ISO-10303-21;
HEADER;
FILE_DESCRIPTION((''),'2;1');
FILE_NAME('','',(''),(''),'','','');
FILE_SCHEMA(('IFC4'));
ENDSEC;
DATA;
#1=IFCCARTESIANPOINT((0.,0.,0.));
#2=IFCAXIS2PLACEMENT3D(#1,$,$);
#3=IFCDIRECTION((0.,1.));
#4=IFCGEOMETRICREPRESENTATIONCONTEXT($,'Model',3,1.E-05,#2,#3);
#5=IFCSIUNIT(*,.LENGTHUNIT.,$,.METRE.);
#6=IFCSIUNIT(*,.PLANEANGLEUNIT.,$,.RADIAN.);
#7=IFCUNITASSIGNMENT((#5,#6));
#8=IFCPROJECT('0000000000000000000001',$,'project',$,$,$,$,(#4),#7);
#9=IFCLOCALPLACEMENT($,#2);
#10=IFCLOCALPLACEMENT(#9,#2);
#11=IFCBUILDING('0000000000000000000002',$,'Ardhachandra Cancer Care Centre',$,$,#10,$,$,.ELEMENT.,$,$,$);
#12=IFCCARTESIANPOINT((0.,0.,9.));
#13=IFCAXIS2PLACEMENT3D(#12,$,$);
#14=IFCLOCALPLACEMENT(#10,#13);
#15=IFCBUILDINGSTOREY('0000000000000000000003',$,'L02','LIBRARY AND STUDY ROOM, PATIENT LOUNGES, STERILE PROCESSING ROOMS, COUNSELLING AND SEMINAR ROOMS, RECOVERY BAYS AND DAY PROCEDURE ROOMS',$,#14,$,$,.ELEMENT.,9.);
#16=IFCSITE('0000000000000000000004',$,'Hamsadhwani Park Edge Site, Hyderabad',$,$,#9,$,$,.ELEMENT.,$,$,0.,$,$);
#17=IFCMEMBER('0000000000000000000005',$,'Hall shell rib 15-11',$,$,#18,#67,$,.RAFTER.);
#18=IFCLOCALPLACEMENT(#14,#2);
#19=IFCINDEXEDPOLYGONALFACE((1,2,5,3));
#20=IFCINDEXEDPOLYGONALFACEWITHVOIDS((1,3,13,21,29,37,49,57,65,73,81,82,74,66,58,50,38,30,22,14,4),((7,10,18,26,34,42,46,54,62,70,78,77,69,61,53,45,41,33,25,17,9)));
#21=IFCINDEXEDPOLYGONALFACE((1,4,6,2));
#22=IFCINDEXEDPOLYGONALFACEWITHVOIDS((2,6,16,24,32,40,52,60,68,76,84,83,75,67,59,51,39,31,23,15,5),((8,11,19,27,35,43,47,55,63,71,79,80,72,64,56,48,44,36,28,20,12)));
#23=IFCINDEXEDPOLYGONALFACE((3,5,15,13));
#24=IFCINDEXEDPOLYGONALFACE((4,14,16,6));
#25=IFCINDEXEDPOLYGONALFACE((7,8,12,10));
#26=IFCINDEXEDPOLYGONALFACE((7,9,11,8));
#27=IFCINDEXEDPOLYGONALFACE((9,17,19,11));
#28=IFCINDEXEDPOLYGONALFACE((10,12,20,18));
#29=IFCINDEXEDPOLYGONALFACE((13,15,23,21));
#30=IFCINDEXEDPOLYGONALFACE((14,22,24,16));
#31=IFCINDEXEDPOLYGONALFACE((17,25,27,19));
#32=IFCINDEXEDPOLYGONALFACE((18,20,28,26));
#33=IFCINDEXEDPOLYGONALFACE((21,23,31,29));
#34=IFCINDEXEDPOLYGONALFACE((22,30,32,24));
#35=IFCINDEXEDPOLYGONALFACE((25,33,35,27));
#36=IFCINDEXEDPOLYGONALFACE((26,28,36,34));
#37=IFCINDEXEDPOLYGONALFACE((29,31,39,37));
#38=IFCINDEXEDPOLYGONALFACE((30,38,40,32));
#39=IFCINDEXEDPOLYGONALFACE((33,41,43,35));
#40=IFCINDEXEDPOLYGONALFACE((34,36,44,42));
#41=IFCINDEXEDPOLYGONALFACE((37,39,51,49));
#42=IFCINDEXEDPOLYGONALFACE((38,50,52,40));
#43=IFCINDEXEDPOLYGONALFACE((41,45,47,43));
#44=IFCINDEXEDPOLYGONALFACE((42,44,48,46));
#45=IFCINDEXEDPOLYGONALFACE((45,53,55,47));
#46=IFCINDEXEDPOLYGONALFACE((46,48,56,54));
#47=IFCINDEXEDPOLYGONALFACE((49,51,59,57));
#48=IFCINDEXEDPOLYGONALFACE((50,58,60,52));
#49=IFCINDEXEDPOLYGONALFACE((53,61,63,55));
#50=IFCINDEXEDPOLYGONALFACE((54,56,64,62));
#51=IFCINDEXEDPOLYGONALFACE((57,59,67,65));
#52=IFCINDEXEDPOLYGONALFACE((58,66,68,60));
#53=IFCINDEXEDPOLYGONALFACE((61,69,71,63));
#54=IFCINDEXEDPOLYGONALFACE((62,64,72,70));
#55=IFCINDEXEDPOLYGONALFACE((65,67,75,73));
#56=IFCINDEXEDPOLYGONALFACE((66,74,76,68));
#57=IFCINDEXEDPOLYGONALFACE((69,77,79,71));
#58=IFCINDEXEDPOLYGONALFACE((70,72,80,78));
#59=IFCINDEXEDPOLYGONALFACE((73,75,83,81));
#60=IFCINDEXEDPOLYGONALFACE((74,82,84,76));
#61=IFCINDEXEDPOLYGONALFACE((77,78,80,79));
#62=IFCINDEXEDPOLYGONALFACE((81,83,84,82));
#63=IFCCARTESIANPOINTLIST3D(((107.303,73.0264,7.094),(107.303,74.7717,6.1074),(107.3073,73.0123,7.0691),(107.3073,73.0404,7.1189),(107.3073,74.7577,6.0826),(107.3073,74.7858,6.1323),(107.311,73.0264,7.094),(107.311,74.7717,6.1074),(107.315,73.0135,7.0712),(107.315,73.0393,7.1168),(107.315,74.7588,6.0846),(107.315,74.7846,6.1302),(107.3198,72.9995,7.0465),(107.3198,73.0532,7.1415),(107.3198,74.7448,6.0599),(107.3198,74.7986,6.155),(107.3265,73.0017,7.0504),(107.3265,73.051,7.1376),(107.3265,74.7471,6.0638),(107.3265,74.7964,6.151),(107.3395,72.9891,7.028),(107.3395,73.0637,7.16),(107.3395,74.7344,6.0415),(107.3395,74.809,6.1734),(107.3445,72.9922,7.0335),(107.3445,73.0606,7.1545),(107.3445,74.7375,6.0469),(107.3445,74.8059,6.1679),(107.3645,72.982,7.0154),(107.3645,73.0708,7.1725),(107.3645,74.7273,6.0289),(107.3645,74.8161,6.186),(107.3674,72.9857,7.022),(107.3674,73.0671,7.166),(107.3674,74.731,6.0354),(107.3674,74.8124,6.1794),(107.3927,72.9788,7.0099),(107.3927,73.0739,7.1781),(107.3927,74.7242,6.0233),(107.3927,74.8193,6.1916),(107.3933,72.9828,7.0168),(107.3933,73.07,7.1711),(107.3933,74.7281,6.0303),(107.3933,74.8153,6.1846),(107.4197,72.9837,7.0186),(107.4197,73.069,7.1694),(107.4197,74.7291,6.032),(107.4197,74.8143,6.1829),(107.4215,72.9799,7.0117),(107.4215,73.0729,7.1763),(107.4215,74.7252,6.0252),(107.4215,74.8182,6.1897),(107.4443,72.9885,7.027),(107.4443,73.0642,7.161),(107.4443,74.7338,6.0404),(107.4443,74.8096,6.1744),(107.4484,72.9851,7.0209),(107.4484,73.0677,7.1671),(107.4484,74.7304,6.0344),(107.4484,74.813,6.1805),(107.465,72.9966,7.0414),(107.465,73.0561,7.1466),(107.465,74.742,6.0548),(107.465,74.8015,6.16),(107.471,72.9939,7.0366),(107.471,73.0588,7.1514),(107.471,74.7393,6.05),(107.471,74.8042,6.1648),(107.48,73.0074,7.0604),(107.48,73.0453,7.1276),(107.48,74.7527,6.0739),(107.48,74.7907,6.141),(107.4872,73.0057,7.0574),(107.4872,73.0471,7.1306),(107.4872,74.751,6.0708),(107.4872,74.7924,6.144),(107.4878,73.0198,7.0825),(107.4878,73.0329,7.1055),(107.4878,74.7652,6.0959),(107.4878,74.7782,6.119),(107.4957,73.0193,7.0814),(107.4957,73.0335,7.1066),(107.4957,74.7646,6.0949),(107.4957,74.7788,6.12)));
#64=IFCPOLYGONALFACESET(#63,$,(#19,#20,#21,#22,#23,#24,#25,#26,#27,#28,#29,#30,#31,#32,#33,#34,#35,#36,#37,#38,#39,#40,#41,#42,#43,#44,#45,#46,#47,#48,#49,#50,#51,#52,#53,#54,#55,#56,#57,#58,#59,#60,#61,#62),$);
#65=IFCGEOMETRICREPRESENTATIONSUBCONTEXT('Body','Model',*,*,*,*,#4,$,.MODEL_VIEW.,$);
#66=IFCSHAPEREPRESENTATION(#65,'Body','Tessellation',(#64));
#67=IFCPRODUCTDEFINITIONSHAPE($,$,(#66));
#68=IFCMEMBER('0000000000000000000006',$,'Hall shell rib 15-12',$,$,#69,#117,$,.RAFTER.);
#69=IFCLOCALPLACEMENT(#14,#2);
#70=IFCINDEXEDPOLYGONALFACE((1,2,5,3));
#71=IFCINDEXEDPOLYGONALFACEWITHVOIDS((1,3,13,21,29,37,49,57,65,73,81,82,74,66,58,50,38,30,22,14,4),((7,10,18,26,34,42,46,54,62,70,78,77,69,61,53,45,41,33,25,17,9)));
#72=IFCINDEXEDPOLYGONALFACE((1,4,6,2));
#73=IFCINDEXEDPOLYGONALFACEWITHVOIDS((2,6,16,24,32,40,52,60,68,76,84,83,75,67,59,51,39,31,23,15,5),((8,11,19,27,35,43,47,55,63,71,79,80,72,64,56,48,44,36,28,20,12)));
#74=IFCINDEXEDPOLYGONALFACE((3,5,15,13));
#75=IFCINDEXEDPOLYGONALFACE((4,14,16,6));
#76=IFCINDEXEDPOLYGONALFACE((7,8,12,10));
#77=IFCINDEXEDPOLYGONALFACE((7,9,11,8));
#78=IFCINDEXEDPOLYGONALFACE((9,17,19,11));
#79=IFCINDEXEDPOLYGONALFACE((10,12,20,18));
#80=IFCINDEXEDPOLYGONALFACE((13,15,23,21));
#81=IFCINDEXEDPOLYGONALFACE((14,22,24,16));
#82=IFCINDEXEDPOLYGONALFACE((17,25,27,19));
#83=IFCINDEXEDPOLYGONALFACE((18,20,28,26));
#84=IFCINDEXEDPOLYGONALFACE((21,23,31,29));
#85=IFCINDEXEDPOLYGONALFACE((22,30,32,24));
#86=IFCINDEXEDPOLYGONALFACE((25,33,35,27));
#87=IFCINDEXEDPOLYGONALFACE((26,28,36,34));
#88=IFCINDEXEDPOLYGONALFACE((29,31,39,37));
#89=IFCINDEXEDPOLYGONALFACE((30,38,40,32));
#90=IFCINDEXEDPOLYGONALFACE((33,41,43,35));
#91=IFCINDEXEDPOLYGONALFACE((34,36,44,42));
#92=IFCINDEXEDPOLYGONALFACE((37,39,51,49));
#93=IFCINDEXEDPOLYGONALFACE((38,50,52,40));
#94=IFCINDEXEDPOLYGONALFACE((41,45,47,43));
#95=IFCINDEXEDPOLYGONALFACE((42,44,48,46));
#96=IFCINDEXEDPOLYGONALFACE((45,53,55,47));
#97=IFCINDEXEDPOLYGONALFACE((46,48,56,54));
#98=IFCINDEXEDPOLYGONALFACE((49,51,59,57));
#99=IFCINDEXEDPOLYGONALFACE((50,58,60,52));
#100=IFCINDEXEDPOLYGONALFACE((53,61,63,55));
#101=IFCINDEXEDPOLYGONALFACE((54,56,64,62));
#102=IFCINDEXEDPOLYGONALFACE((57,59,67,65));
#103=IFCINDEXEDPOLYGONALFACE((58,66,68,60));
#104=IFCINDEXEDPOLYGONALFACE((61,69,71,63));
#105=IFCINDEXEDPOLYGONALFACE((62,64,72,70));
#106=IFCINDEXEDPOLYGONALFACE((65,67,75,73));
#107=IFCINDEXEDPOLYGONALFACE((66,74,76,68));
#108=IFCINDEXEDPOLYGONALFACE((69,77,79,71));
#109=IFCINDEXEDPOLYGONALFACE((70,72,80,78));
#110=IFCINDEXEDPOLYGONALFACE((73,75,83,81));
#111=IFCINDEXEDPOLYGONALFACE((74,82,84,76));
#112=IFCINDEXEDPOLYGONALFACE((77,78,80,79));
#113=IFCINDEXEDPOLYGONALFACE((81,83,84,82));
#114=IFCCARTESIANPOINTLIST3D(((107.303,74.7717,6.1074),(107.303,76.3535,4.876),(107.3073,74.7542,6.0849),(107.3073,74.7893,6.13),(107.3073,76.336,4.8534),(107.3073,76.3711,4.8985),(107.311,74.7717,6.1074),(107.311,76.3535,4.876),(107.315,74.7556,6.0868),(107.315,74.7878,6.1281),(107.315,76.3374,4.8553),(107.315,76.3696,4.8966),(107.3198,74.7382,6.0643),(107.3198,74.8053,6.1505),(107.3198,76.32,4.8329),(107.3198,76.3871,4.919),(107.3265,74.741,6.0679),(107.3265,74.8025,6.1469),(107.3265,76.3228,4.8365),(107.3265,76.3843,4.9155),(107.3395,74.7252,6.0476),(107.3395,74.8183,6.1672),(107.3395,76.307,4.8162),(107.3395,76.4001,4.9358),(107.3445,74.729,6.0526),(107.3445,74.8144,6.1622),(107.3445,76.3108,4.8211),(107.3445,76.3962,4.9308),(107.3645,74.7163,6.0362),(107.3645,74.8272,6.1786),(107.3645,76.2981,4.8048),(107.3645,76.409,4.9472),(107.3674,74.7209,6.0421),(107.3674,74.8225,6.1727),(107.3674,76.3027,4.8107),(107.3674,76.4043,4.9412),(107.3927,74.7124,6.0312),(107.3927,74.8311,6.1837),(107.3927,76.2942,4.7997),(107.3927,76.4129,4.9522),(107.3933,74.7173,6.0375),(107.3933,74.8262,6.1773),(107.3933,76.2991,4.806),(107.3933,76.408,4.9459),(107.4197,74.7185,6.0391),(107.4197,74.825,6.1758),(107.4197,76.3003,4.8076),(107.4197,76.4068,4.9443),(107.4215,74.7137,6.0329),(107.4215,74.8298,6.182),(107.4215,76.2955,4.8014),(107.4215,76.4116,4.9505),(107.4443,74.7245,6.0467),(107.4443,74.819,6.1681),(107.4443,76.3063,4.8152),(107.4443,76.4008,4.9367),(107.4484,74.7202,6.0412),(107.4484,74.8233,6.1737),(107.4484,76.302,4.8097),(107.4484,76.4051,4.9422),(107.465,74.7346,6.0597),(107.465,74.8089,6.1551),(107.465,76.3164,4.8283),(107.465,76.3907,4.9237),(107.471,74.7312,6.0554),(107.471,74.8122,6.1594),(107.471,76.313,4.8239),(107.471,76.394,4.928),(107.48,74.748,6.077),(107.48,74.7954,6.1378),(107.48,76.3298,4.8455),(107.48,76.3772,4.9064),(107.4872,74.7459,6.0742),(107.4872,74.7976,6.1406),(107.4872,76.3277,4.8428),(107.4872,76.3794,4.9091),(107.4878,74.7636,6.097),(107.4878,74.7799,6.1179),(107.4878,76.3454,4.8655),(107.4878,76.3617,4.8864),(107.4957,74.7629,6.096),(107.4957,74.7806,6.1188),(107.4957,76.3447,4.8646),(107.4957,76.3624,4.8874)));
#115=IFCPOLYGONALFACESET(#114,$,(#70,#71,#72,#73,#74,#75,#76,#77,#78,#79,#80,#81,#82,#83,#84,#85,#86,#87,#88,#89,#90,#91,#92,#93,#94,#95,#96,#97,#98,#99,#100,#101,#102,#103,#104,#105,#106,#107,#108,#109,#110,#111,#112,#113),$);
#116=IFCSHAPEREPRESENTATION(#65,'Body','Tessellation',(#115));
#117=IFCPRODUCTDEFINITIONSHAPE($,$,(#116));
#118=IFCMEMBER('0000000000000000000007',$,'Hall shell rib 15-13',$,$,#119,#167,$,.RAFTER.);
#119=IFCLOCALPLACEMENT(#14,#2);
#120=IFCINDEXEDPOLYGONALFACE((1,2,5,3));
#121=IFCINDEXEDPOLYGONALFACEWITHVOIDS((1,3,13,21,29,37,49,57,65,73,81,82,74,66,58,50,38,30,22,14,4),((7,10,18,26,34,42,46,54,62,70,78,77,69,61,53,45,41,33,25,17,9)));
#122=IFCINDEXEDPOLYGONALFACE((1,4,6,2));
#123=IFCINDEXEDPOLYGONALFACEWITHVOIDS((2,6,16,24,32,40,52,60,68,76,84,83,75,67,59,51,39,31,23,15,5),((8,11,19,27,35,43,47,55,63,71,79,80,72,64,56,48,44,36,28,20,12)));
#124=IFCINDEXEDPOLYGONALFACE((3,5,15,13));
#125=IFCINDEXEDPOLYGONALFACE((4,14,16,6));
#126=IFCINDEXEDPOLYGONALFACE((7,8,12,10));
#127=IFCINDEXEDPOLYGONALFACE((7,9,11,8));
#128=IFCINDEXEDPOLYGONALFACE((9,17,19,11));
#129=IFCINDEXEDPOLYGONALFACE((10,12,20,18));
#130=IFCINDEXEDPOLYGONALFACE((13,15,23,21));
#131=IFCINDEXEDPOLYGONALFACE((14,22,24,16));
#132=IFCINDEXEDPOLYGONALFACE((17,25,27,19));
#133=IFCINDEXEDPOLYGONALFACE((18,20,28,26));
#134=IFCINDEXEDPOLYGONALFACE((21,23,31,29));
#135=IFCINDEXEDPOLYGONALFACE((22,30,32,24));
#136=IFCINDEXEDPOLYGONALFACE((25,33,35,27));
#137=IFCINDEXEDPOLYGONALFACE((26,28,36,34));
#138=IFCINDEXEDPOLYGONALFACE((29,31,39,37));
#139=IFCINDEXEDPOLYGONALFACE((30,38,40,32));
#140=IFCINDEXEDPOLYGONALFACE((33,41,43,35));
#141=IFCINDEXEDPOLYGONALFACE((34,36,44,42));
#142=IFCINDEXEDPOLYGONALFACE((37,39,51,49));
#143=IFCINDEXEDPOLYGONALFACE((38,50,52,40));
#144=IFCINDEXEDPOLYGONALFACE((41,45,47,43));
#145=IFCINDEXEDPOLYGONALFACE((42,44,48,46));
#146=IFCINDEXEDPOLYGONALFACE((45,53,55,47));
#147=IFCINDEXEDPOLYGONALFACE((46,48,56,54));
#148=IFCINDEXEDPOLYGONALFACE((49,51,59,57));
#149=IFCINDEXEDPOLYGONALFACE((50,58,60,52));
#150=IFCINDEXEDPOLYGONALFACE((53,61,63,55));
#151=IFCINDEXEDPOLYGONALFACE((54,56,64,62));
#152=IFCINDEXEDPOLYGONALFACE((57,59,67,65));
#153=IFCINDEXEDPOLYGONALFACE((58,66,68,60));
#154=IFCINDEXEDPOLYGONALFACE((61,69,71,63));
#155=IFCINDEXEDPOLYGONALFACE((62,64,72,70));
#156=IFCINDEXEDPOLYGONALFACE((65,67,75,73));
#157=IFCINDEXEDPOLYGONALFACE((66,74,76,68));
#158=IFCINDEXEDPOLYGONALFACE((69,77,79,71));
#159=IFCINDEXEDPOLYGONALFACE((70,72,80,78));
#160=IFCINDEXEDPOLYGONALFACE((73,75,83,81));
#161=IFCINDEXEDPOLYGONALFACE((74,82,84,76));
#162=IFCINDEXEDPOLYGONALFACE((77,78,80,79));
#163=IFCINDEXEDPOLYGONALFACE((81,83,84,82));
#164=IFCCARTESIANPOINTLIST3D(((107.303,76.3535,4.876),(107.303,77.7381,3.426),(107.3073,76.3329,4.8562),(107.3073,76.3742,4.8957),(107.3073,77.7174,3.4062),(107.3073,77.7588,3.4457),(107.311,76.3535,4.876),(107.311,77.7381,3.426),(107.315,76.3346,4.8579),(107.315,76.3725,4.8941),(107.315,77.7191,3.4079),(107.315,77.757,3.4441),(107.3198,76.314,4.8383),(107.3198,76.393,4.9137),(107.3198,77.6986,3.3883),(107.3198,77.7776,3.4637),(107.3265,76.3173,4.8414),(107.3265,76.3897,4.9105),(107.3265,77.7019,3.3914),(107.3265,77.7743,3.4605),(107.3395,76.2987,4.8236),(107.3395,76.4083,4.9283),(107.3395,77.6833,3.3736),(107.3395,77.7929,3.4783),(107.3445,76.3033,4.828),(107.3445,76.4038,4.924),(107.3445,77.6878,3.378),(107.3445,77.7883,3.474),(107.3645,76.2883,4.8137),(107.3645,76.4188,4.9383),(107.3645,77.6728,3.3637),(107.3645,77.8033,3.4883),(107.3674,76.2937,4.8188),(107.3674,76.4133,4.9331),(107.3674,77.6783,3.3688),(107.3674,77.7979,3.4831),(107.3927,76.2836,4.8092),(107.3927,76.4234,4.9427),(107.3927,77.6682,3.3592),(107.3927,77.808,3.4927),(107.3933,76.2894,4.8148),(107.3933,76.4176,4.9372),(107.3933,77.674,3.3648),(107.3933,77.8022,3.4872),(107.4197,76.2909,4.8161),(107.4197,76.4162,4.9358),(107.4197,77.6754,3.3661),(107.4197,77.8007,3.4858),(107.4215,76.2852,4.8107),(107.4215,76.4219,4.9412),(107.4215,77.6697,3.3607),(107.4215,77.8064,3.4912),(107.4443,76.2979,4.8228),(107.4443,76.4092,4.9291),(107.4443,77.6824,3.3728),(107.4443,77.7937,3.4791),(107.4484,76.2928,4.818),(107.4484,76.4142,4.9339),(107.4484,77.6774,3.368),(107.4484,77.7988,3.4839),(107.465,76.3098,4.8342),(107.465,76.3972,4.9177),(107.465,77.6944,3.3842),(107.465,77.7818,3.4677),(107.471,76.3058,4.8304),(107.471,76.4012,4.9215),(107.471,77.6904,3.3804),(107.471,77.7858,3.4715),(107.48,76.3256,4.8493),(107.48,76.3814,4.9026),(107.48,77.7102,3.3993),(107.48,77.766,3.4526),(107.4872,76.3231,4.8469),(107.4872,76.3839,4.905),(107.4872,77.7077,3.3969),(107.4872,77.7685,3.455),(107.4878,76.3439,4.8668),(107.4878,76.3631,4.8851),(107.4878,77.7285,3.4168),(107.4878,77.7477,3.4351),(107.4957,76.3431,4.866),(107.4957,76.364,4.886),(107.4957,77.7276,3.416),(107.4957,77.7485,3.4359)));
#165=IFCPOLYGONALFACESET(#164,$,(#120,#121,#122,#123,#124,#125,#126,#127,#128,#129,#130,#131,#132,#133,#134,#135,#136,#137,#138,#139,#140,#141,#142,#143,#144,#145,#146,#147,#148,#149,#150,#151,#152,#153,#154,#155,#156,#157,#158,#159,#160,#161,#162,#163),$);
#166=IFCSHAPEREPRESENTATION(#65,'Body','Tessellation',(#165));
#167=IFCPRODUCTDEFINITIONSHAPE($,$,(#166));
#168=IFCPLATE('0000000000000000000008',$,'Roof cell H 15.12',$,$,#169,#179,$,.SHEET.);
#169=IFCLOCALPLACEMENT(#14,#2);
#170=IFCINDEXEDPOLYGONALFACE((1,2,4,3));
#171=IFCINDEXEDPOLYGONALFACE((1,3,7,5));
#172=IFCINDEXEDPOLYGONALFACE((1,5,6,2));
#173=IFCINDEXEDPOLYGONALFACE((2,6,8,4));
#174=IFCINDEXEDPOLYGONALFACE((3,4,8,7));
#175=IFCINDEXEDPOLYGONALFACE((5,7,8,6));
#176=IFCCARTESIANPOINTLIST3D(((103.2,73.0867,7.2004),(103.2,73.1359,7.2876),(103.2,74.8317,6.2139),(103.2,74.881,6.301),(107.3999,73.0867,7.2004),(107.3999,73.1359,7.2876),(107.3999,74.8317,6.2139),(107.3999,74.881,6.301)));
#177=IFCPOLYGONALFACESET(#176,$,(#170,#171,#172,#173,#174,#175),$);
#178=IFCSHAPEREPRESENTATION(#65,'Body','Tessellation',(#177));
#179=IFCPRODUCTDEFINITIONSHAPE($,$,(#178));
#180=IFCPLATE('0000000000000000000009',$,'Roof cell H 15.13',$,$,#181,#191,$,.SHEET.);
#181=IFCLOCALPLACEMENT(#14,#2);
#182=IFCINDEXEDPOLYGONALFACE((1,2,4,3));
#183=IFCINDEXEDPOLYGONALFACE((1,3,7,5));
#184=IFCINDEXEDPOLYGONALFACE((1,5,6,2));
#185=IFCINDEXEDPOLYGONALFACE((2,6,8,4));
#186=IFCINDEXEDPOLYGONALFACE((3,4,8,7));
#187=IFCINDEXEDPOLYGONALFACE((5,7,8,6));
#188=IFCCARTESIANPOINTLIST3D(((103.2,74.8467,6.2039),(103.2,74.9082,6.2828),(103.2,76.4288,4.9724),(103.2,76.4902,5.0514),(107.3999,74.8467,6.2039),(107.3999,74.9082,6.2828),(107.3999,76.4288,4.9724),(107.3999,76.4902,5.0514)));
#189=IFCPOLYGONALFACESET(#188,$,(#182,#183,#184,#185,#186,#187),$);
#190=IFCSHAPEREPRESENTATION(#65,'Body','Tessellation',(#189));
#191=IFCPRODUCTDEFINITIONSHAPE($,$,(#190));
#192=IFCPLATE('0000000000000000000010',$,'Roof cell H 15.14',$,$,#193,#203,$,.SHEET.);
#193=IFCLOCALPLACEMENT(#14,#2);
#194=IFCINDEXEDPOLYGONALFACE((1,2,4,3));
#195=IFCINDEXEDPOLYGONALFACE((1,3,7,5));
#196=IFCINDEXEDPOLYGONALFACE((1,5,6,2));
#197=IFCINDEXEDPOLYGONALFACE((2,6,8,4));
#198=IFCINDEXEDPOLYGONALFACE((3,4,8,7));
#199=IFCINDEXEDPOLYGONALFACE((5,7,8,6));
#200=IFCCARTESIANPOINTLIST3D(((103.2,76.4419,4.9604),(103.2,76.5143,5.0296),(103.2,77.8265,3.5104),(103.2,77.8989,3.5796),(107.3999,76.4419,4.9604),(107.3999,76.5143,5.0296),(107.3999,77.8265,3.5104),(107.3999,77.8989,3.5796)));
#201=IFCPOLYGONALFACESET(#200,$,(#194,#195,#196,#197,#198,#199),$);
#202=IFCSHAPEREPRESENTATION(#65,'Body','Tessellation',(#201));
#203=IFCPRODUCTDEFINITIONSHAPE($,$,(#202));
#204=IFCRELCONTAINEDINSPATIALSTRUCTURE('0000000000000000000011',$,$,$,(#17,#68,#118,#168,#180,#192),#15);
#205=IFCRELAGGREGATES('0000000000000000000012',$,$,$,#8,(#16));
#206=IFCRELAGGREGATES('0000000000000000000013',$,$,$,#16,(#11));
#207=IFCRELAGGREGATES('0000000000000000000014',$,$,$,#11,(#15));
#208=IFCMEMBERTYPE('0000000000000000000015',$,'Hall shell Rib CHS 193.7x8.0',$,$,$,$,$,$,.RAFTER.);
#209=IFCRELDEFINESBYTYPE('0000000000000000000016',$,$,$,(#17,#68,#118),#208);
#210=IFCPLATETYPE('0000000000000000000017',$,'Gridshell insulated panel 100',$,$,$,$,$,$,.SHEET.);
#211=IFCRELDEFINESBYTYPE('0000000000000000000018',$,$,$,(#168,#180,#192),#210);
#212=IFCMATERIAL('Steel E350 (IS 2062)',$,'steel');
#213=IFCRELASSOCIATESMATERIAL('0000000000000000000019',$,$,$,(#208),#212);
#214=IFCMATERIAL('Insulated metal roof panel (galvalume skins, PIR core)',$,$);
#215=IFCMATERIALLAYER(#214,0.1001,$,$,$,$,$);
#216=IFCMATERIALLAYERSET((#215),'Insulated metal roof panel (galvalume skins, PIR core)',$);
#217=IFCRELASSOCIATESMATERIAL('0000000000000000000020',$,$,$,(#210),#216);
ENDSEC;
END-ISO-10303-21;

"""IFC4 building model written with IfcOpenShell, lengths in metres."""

from ifc_helpers import new_model, si_unit, direction, frame, origin, origin_2d, place, context, subcontext, project, spatial, polyline, hollow_circle, outline, extrude, material, layer, layer_set, material_profile, profile_set, type_object, element, save


model = new_model("IFC4")

# Units and contexts
model_context = context("Model", 3, precision=1e-05, world=origin(), true_north=direction((0.0, 1.0)))
body_context = subcontext(model_context, "Body", "Model", "MODEL_VIEW")
ifc_project = project(units=[si_unit("LENGTHUNIT", "METRE"), si_unit("PLANEANGLEUNIT", "RADIAN")], contexts=[model_context])

# Site, building, storey
site_placement = place(None, origin())
site = spatial("IfcSite", under=ifc_project, at=site_placement, Name="Hamsadhwani Park Edge Site, Hyderabad", CompositionType="ELEMENT", RefElevation=0.0)
building_placement = place(site_placement, origin())
building = spatial("IfcBuilding", under=site, at=building_placement, Name="Ardhachandra Cancer Care Centre", CompositionType="ELEMENT")
storey_placement = place(building_placement, frame((0.0, 0.0, 9.0)))
storey = spatial("IfcBuildingStorey", under=building, at=storey_placement, Name="L02", Description="LIBRARY AND STUDY ROOM, PATIENT LOUNGES, STERILE PROCESSING ROOMS, COUNSELLING AND SEMINAR ROOMS, RECOVERY BAYS AND DAY PROCEDURE ROOMS", CompositionType="ELEMENT", Elevation=9.0)

# Members
ifc_material_1 = material(Name="Steel E350 (IS 2062)", Category="steel")
ifc_material_profile_1 = material_profile(ifc_material_1, hollow_circle(Radius=0.0969, WallThickness=0.0081, at=origin_2d()), Name="CHS 193.7x8.0")
ifc_profile_set_1 = profile_set([ifc_material_profile_1], Name="Steel E350 (IS 2062)")
member_type_1 = type_object("IfcMemberType", Name="Hall shell Rib CHS 193.7x8.0", PredefinedType="RAFTER", material=ifc_profile_set_1)
member_1_placement = place(storey_placement, frame((107.3999, 73.0264, 7.094), z_axis=(0.0, 0.870549, -0.492081), x_axis=(-1.0, 0.0, 0.0)))
element("IfcMember", 1, at=member_1_placement, inside=storey, type_object=member_type_1, Name="Hall shell rib 15-11", PredefinedType="RAFTER", context=body_context, shape_type="SweptSolid", body=[
    extrude(hollow_circle(Radius=0.0969, WallThickness=0.0081, at=origin_2d()), origin(), (0.0, 0.0, 1.0), 2.0049),
])
member_2_placement = place(storey_placement, frame((107.3999, 74.7717, 6.1074), z_axis=(0.0, 0.78907, -0.614303), x_axis=(-1.0, 0.0, 0.0)))
element("IfcMember", 2, at=member_2_placement, inside=storey, type_object=member_type_1, Name="Hall shell rib 15-12", PredefinedType="RAFTER", context=body_context, shape_type="SweptSolid", body=[
    extrude(hollow_circle(Radius=0.0969, WallThickness=0.0081, at=origin_2d()), origin(), (0.0, 0.0, 1.0), 2.0046),
])
member_3_placement = place(storey_placement, frame((107.3999, 76.3535, 4.876), z_axis=(0.0, 0.6906, -0.723237), x_axis=(-1.0, 0.0, 0.0)))
element("IfcMember", 3, at=member_3_placement, inside=storey, type_object=member_type_1, Name="Hall shell rib 15-13", PredefinedType="RAFTER", context=body_context, shape_type="SweptSolid", body=[
    extrude(hollow_circle(Radius=0.0969, WallThickness=0.0081, at=origin_2d()), origin(), (0.0, 0.0, 1.0), 2.0049),
])

# Plates
ifc_material_2 = material(Name="Insulated metal roof panel (galvalume skins, PIR core)")
ifc_layer = layer(ifc_material_2, 0.1001)
ifc_layer_set = layer_set([ifc_layer], Name="Insulated metal roof panel (galvalume skins, PIR core)")
plate_type = type_object("IfcPlateType", Name="Gridshell insulated panel 100", PredefinedType="SHEET", material=ifc_layer_set)
plate_1_placement = place(storey_placement, frame((103.2, 73.0867, 7.2004), z_axis=(0.0, 0.492134, 0.87052), x_axis=(1.0, 0.0, 0.0)))
element("IfcPlate", 4, at=plate_1_placement, inside=storey, type_object=plate_type, Name="Roof cell H 15.12", PredefinedType="SHEET", context=body_context, shape_type="SweptSolid", body=[
    extrude(outline(polyline([(0.0, 0.0), (4.2, 0.0), (4.2, 2.0046), (0.0, 2.0046), (0.0, 0.0)])), origin(), (0.0, 0.0, 1.0), 0.1001),
])
for number, where, z_axis, x_axis, name in (
    (5, (103.2, 74.8467, 6.2039), (0.0, 0.614244, 0.789116), (1.0, 0.0, 0.0), "Roof cell H 15.13"),
    (6, (103.2, 76.4419, 4.9604), (0.0, 0.723237, 0.6906), (1.0, 0.0, 0.0), "Roof cell H 15.14"),
):
    element("IfcPlate", number, at=place(storey_placement, frame(where, z_axis=z_axis, x_axis=x_axis)), inside=storey, type_object=plate_type, Name=name, PredefinedType="SHEET", context=body_context, shape_type="SweptSolid", body=[
        extrude(outline(polyline([(0.0, 0.0), (4.2, 0.0), (4.2, 2.0049), (0.0, 2.0049), (0.0, 0.0)])), origin(), (0.0, 0.0, 1.0), 0.1001),
    ])

save(model, "model.ifc")
